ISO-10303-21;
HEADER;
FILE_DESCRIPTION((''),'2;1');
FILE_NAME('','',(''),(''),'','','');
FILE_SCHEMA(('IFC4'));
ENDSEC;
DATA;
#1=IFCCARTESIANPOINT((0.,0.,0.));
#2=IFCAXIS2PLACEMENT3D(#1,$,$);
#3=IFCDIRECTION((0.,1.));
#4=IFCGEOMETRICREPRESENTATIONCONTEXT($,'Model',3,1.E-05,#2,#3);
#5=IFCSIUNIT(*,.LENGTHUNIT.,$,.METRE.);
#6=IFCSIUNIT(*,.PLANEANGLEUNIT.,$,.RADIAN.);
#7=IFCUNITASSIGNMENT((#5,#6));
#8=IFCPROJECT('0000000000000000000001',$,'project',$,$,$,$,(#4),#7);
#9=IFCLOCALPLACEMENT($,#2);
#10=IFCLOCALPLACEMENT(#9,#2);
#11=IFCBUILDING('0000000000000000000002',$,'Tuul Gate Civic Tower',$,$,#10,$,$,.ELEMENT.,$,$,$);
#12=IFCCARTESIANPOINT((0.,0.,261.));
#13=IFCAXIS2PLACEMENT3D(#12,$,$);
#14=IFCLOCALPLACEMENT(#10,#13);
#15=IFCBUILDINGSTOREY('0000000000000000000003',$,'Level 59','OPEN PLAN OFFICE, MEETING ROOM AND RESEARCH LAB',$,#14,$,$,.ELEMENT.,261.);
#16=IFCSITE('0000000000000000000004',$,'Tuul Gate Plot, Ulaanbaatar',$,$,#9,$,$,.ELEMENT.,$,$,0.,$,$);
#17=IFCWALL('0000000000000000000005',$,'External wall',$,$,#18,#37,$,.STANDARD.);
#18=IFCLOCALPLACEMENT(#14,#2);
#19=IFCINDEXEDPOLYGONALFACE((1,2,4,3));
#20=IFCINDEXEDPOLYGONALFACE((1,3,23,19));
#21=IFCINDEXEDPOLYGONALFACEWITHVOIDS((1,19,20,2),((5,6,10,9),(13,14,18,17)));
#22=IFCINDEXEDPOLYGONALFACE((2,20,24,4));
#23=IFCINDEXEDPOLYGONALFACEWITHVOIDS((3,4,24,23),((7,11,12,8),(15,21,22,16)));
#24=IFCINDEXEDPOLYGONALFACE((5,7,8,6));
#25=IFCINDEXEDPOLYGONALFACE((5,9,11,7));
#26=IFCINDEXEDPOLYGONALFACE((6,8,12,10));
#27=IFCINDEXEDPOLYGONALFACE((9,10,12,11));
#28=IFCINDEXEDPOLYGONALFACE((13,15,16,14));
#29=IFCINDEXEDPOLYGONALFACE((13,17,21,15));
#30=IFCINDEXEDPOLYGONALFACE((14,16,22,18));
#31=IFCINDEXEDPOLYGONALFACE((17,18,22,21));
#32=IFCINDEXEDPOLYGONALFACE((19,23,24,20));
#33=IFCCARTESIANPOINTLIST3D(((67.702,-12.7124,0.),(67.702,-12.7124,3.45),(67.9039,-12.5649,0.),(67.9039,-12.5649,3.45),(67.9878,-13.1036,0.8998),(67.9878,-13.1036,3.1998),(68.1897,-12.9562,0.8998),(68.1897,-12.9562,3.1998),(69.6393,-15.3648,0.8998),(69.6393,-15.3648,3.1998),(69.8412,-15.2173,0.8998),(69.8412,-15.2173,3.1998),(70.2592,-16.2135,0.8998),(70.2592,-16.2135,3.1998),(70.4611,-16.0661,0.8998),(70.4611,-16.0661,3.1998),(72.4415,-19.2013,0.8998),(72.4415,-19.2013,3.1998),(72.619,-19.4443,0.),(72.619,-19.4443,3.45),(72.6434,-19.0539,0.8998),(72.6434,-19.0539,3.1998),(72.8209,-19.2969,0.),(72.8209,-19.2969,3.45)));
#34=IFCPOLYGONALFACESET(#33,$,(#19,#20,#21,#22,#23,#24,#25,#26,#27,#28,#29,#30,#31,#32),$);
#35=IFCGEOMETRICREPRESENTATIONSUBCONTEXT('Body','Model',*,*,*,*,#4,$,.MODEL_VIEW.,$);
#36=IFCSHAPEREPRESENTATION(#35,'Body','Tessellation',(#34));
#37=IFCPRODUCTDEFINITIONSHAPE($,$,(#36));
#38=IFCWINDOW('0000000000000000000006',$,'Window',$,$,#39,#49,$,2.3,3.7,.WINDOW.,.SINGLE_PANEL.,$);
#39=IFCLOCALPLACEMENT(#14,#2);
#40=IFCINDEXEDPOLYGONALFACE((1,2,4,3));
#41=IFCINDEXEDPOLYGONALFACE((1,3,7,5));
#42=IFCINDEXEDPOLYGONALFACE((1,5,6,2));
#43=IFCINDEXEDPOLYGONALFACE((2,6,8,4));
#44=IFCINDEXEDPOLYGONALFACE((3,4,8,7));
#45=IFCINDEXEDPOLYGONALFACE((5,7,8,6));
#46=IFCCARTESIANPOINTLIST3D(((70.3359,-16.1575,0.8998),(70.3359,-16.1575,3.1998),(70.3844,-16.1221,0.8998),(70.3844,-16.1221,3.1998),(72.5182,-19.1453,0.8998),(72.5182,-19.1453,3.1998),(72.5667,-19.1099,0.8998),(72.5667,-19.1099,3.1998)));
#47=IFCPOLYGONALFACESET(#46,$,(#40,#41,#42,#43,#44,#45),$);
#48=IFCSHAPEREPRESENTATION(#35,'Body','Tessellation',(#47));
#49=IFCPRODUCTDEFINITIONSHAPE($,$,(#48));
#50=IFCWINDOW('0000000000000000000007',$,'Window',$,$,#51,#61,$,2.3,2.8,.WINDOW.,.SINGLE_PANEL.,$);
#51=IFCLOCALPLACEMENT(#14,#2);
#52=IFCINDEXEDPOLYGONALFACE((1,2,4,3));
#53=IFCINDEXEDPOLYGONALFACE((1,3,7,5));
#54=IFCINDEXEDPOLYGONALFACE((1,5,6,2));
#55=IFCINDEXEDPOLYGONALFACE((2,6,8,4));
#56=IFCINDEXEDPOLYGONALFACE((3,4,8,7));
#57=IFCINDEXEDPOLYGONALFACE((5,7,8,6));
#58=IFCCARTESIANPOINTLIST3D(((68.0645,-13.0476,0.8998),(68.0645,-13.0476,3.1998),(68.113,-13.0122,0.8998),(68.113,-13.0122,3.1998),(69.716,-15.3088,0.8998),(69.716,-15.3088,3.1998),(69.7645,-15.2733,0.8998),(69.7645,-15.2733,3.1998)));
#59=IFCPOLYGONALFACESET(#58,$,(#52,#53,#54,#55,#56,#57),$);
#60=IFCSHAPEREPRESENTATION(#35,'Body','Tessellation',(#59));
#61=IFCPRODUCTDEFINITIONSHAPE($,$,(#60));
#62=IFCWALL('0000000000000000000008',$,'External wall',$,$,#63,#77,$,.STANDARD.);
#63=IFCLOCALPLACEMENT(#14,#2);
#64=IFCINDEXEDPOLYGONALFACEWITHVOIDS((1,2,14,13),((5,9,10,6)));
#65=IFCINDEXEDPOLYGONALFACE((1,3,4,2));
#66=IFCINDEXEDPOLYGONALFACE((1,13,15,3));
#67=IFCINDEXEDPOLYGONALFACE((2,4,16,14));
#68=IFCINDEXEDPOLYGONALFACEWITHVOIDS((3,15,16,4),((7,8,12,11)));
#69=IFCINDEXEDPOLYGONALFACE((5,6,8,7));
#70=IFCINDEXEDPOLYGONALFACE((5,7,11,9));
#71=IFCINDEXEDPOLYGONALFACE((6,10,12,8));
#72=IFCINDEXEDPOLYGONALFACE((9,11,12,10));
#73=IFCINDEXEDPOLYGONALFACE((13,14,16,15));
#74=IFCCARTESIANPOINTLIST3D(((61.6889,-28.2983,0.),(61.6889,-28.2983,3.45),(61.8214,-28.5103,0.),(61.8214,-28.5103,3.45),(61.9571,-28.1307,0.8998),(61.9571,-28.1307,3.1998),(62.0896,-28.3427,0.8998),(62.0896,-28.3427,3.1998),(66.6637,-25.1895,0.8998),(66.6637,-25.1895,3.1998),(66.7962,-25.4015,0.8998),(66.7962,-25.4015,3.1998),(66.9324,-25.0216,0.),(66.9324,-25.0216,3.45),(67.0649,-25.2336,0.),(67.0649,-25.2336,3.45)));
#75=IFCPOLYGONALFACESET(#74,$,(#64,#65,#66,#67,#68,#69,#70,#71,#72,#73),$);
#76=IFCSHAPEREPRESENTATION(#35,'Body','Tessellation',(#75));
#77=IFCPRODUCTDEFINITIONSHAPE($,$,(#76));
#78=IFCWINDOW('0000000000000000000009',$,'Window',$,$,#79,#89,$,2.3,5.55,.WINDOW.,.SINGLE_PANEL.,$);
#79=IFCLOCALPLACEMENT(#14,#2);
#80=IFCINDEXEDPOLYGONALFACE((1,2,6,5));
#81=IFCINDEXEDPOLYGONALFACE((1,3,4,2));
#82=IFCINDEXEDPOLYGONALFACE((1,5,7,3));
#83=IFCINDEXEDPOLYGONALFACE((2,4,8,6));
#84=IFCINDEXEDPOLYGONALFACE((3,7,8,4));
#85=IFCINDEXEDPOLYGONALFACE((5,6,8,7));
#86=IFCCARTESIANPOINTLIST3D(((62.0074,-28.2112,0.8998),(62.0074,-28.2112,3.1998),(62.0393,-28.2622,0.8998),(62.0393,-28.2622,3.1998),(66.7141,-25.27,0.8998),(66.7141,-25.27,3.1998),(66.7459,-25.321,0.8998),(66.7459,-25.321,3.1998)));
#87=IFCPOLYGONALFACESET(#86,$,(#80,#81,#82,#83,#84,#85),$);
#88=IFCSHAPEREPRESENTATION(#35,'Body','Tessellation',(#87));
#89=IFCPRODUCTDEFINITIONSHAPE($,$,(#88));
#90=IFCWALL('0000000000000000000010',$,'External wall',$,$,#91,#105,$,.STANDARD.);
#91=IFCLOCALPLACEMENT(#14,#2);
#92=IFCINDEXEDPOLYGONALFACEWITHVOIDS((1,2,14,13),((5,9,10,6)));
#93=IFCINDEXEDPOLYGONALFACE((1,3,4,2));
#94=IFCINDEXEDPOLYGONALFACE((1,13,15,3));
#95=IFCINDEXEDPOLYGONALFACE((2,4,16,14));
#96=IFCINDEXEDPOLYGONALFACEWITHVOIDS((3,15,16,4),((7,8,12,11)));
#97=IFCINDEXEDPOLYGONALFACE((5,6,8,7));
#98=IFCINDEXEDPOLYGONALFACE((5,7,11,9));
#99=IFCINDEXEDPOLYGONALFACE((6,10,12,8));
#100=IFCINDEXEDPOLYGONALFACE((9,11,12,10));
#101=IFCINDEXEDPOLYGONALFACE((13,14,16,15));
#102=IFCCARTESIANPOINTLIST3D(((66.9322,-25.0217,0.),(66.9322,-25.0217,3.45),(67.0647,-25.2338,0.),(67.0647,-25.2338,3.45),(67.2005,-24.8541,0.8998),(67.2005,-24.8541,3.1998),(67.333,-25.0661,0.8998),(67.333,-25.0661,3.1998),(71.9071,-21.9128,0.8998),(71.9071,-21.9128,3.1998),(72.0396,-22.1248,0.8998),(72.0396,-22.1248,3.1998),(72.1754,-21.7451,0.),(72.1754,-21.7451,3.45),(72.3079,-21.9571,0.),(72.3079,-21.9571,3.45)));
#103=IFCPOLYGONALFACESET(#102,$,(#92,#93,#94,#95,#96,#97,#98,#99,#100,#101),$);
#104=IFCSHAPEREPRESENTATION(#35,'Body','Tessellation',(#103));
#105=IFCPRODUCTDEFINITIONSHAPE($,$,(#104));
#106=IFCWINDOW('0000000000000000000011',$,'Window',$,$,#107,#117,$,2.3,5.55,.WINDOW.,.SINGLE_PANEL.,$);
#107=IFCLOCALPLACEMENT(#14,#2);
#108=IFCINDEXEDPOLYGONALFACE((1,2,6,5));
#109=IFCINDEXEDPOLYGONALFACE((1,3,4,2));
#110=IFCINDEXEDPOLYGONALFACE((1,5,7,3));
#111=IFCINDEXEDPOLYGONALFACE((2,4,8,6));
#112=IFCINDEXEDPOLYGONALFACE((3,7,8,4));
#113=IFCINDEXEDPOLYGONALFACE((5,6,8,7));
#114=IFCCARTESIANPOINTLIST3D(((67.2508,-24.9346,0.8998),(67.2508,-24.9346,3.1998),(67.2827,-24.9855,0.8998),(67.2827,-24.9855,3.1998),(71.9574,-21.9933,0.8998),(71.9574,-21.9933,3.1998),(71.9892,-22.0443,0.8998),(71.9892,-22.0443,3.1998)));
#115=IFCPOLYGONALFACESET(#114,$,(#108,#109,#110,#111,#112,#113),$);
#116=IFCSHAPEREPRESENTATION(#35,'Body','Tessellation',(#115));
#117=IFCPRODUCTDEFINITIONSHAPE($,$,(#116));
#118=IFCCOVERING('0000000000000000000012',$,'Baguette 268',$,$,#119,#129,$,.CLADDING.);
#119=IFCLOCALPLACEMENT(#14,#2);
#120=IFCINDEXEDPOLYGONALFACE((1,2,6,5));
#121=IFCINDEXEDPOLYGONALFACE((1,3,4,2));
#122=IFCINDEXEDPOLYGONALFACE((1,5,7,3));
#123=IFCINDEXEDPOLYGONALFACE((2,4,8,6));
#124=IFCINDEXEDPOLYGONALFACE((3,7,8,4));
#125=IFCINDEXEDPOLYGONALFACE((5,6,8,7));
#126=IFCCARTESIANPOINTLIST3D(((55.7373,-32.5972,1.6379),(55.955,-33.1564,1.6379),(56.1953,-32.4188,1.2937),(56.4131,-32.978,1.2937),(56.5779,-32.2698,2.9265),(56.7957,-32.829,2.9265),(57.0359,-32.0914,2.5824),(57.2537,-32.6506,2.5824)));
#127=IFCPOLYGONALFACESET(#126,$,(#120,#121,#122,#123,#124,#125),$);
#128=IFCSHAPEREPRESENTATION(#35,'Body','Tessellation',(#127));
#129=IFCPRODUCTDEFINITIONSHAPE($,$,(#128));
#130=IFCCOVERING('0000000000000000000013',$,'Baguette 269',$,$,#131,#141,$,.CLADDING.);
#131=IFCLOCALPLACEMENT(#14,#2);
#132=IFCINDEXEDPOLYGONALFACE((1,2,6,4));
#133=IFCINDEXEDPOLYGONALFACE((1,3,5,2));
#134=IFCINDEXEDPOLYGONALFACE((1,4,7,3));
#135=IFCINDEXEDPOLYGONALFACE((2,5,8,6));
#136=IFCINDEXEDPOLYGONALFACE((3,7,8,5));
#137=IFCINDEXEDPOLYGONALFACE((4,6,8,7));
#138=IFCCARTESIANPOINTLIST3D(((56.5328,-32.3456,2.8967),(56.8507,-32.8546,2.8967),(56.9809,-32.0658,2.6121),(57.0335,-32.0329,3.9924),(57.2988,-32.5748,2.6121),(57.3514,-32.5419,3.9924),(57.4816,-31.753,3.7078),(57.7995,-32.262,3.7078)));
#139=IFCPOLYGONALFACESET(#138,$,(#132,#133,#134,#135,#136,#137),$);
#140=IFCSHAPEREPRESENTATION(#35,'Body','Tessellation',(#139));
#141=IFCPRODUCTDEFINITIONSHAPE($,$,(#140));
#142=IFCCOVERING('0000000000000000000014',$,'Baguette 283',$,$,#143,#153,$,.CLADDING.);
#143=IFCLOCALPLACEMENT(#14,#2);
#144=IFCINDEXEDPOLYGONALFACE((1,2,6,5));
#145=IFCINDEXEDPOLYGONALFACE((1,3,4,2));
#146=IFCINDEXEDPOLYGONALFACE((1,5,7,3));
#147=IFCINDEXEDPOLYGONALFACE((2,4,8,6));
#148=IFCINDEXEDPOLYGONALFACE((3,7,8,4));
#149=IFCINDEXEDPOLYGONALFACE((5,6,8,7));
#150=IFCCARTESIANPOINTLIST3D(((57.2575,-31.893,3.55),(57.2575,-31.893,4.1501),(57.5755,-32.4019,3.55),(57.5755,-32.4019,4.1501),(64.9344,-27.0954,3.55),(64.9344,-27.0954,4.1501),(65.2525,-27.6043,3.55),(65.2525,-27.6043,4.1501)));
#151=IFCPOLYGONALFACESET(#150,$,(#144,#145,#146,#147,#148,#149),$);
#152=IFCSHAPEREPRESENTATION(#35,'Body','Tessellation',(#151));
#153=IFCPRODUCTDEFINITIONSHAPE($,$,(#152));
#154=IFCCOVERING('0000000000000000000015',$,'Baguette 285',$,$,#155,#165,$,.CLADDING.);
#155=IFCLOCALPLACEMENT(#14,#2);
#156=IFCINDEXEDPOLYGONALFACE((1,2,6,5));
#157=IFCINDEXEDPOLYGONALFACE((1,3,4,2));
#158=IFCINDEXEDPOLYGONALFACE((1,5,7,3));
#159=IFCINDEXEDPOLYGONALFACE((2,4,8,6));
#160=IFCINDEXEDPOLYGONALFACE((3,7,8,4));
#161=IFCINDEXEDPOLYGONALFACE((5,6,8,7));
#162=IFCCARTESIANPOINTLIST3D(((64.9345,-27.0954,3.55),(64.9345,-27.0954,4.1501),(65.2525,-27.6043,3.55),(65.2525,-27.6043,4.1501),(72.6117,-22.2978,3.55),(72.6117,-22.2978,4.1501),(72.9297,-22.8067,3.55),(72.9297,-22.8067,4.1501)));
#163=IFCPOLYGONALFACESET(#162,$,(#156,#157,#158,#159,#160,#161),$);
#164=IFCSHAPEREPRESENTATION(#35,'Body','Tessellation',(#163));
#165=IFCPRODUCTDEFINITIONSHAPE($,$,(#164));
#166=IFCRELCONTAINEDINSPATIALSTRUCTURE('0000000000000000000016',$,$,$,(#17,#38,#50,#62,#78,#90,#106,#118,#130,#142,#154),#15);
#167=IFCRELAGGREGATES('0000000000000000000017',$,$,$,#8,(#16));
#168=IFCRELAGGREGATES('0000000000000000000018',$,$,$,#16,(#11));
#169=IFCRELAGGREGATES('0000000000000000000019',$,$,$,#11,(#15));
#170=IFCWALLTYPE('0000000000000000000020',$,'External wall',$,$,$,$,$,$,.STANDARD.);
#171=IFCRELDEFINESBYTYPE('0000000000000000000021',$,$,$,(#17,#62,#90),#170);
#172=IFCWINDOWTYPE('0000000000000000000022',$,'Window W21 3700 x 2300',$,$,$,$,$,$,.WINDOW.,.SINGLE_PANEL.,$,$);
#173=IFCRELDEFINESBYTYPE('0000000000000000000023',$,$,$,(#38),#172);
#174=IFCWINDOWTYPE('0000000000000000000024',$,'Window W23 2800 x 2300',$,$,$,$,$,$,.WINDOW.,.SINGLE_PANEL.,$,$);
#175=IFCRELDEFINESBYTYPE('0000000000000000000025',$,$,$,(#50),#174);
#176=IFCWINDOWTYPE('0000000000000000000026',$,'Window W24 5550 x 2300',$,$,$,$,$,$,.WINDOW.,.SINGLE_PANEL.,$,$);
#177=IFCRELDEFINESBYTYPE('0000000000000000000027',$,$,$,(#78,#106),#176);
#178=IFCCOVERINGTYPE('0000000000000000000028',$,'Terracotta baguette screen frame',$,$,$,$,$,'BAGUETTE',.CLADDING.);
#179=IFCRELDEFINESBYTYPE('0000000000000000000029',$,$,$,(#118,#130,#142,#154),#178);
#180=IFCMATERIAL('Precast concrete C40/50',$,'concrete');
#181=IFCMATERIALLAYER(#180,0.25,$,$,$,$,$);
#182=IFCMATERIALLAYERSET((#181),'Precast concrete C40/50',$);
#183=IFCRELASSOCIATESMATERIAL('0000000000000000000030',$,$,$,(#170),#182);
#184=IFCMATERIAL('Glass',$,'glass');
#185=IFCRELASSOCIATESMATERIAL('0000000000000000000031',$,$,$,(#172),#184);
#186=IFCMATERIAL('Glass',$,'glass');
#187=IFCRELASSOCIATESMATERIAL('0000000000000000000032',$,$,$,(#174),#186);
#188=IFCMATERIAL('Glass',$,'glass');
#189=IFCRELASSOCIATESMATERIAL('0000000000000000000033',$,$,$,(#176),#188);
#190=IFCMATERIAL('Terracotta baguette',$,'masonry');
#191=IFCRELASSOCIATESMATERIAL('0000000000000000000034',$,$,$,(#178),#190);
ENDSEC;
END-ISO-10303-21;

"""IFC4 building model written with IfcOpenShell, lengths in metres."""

from ifc_helpers import new_model, si_unit, direction, frame, frame_2d, origin, origin_2d, place, context, subcontext, project, spatial, rectangle, extrude, material, layer, layer_set, material_profile, profile_set, type_object, element, fill, save


model = new_model("IFC4")

# Units and contexts
model_context = context("Model", 3, precision=1e-05, world=origin(), true_north=direction((0.0, 1.0)))
body_context = subcontext(model_context, "Body", "Model", "MODEL_VIEW")
ifc_project = project(units=[si_unit("LENGTHUNIT", "METRE"), si_unit("PLANEANGLEUNIT", "RADIAN")], contexts=[model_context])

# Site, building, storey
site_placement = place(None, origin())
site = spatial("IfcSite", under=ifc_project, at=site_placement, Name="Tuul Gate Plot, Ulaanbaatar", CompositionType="ELEMENT", RefElevation=0.0)
building_placement = place(site_placement, origin())
building = spatial("IfcBuilding", under=site, at=building_placement, Name="Tuul Gate Civic Tower", CompositionType="ELEMENT")
storey_placement = place(building_placement, frame((0.0, 0.0, 261.0)))
storey = spatial("IfcBuildingStorey", under=building, at=storey_placement, Name="Level 59", Description="OPEN PLAN OFFICE, MEETING ROOM AND RESEARCH LAB", CompositionType="ELEMENT", Elevation=261.0)

# Shared definitions
ifc_material_1 = material(Name="Precast concrete C40/50", Category="concrete")
ifc_layer = layer(ifc_material_1, 0.25)
ifc_layer_set = layer_set([ifc_layer], Name="Precast concrete C40/50")
wall_type = type_object("IfcWallType", Name="External wall", PredefinedType="STANDARD", material=ifc_layer_set)

# Wall, openings, windows
wall_1_placement = place(storey_placement, frame((72.72, -19.3706, 0.0), z_axis=(0.0, 0.0, 1.0), x_axis=(-0.589821, 0.807534, 0.0)))
wall_1 = element("IfcWall", 1, at=wall_1_placement, inside=storey, type_object=wall_type, Name="External wall", PredefinedType="STANDARD", context=body_context, shape_type="SweptSolid", body=[
    extrude(rectangle(XDim=8.3364, YDim=0.25, at=frame_2d((4.1682, 0.0))), origin(), (0.0, 0.0, 1.0), 3.45),
])
opening_1_placement = place(wall_1_placement, frame((0.3008, 0.0, 0.8999)))
opening_1 = element("IfcOpeningElement", 2, at=opening_1_placement, cuts=wall_1, PredefinedType="OPENING", context=body_context, shape_type="SweptSolid", body=[
    extrude(rectangle(XDim=3.7, YDim=2.3, at=frame_2d((1.8501, 1.1499))), frame((0.0, 0.135, 0.0), z_axis=(0.0, -1.0, 0.0), x_axis=(1.0, 0.0, 0.0)), (0.0, 0.0, 1.0), 0.27),
])
opening_2_placement = place(wall_1_placement, frame((5.052, 0.0, 0.8999)))
opening_2 = element("IfcOpeningElement", 3, at=opening_2_placement, cuts=wall_1, PredefinedType="OPENING", context=body_context, shape_type="SweptSolid", body=[
    extrude(rectangle(XDim=2.8, YDim=2.3, at=frame_2d((1.3999, 1.1499))), frame((0.0, 0.135, 0.0), z_axis=(0.0, -1.0, 0.0), x_axis=(1.0, 0.0, 0.0)), (0.0, 0.0, 1.0), 0.27),
])
ifc_material_2 = material(Name="Glass", Category="glass")
window_type_1 = type_object("IfcWindowType", Name="Window W21 3700 x 2300", PartitioningType="SINGLE_PANEL", PredefinedType="WINDOW", material=ifc_material_2)
window_1_placement = place(opening_1_placement, origin())
window_1 = element("IfcWindow", 4, at=window_1_placement, inside=storey, type_object=window_type_1, Name="Window", OverallHeight=2.3, OverallWidth=3.7, PartitioningType="SINGLE_PANEL", PredefinedType="WINDOW", context=body_context, shape_type="SweptSolid", body=[
    extrude(rectangle(XDim=3.7, YDim=2.3, at=frame_2d((1.8501, 1.1499))), frame((0.0, 0.03, 0.0), z_axis=(0.0, -1.0, 0.0), x_axis=(1.0, 0.0, 0.0)), (0.0, 0.0, 1.0), 0.0601),
])
fill(opening_1, window_1)
ifc_material_3 = material(Name="Glass", Category="glass")
window_type_2 = type_object("IfcWindowType", Name="Window W23 2800 x 2300", PartitioningType="SINGLE_PANEL", PredefinedType="WINDOW", material=ifc_material_3)
window_2_placement = place(opening_2_placement, origin())
window_2 = element("IfcWindow", 5, at=window_2_placement, inside=storey, type_object=window_type_2, Name="Window", OverallHeight=2.3, OverallWidth=2.8, PartitioningType="SINGLE_PANEL", PredefinedType="WINDOW", context=body_context, shape_type="SweptSolid", body=[
    extrude(rectangle(XDim=2.8, YDim=2.3, at=frame_2d((1.3999, 1.1499))), frame((0.0, 0.03, 0.0), z_axis=(0.0, -1.0, 0.0), x_axis=(1.0, 0.0, 0.0)), (0.0, 0.0, 1.0), 0.0601),
])
fill(opening_2, window_2)

# Walls, openings, windows
wall_2_placement = place(storey_placement, frame((61.7551, -28.4043, 0.0), z_axis=(0.0, 0.0, 1.0), x_axis=(0.848036, 0.529939, 0.0)))
wall_2 = element("IfcWall", 6, at=wall_2_placement, inside=storey, type_object=wall_type, Name="External wall", PredefinedType="STANDARD", context=body_context, shape_type="SweptSolid", body=[
    extrude(rectangle(XDim=6.1831, YDim=0.25, at=frame_2d((3.0916, 0.0))), origin(), (0.0, 0.0, 1.0), 3.45),
])
opening_3_placement = place(wall_2_placement, frame((0.3164, 0.0, 0.8999)))
opening_3 = element("IfcOpeningElement", 7, at=opening_3_placement, cuts=wall_2, PredefinedType="OPENING", context=body_context, shape_type="SweptSolid", body=[
    extrude(rectangle(XDim=5.55, YDim=2.3, at=frame_2d((2.7749, 1.1499))), frame((0.0, 0.135, 0.0), z_axis=(0.0, -1.0, 0.0), x_axis=(1.0, 0.0, 0.0)), (0.0, 0.0, 1.0), 0.27),
])
ifc_material_4 = material(Name="Glass", Category="glass")
window_type_3 = type_object("IfcWindowType", Name="Window W24 5550 x 2300", PartitioningType="SINGLE_PANEL", PredefinedType="WINDOW", material=ifc_material_4)
window_3_placement = place(opening_3_placement, origin())
window_3 = element("IfcWindow", 8, at=window_3_placement, inside=storey, type_object=window_type_3, Name="Window", OverallHeight=2.3, OverallWidth=5.55, PartitioningType="SINGLE_PANEL", PredefinedType="WINDOW", context=body_context, shape_type="SweptSolid", body=[
    extrude(rectangle(XDim=5.55, YDim=2.3, at=frame_2d((2.7749, 1.1499))), frame((0.0, 0.03, 0.0), z_axis=(0.0, -1.0, 0.0), x_axis=(1.0, 0.0, 0.0)), (0.0, 0.0, 1.0), 0.0601),
])
fill(opening_3, window_3)
wall_3_placement = place(storey_placement, frame((66.9985, -25.1277, 0.0), z_axis=(0.0, 0.0, 1.0), x_axis=(0.848025, 0.529956, 0.0)))
wall_3 = element("IfcWall", 9, at=wall_3_placement, inside=storey, type_object=wall_type, Name="External wall", PredefinedType="STANDARD", context=body_context, shape_type="SweptSolid", body=[
    extrude(rectangle(XDim=6.1829, YDim=0.25, at=frame_2d((3.0913, 0.0))), origin(), (0.0, 0.0, 1.0), 3.45),
])
opening_4_placement = place(wall_3_placement, frame((0.3164, 0.0, 0.8999)))
opening_4 = element("IfcOpeningElement", 10, at=opening_4_placement, cuts=wall_3, PredefinedType="OPENING", context=body_context, shape_type="SweptSolid", body=[
    extrude(rectangle(XDim=5.55, YDim=2.3, at=frame_2d((2.7749, 1.1499))), frame((0.0, 0.135, 0.0), z_axis=(0.0, -1.0, 0.0), x_axis=(1.0, 0.0, 0.0)), (0.0, 0.0, 1.0), 0.27),
])
window_4_placement = place(opening_4_placement, origin())
window_4 = element("IfcWindow", 11, at=window_4_placement, inside=storey, type_object=window_type_3, Name="Window", OverallHeight=2.3, OverallWidth=5.55, PartitioningType="SINGLE_PANEL", PredefinedType="WINDOW", context=body_context, shape_type="SweptSolid", body=[
    extrude(rectangle(XDim=5.55, YDim=2.3, at=frame_2d((2.7749, 1.1499))), frame((0.0, 0.03, 0.0), z_axis=(0.0, -1.0, 0.0), x_axis=(1.0, 0.0, 0.0)), (0.0, 0.0, 1.0), 0.0601),
])
fill(opening_4, window_4)

# Coverings
ifc_material_5 = material(Name="Terracotta baguette", Category="masonry")
ifc_material_profile_1 = material_profile(ifc_material_5, rectangle(XDim=0.6001, YDim=0.6001, at=origin_2d()), Name="Terracotta baguette screen frame")
ifc_profile_set_1 = profile_set([ifc_material_profile_1], Name="Terracotta baguette")
covering_type = type_object("IfcCoveringType", Name="Terracotta baguette screen frame", ElementType="BAGUETTE", PredefinedType="CLADDING", material=ifc_profile_set_1)
covering_1_placement = place(storey_placement, frame((56.0752, -32.7876, 1.4658), z_axis=(0.534394, 0.208139, 0.819208), x_axis=(-0.362929, 0.931817, 0.0)))
element("IfcCovering", 12, at=covering_1_placement, inside=storey, type_object=covering_type, Name="Baguette 268", PredefinedType="CLADDING", context=body_context, shape_type="SweptSolid", body=[
    extrude(rectangle(XDim=0.6001, YDim=0.6001, at=origin_2d()), origin(), (0.0, 0.0, 1.0), 1.573),
])
covering_2_placement = place(storey_placement, frame((56.9158, -32.4602, 2.7544), z_axis=(0.402314, 0.251275, 0.880344), x_axis=(-0.529739, 0.848161, 0.0)))
element("IfcCovering", 13, at=covering_2_placement, inside=storey, type_object=covering_type, Name="Baguette 269", PredefinedType="CLADDING", context=body_context, shape_type="SweptSolid", body=[
    extrude(rectangle(XDim=0.6001, YDim=0.6001, at=origin_2d()), origin(), (0.0, 0.0, 1.0), 1.2446),
])
covering_3_placement = place(storey_placement, frame((57.4165, -32.1475, 3.8501), z_axis=(0.848024, 0.529958, 0.0), x_axis=(-0.529958, 0.848024, 0.0)))
element("IfcCovering", 14, at=covering_3_placement, inside=storey, type_object=covering_type, Name="Baguette 283", PredefinedType="CLADDING", context=body_context, shape_type="SweptSolid", body=[
    extrude(rectangle(XDim=0.6001, YDim=0.6001, at=origin_2d()), origin(), (0.0, 0.0, 1.0), 9.0527),
])
covering_4_placement = place(storey_placement, frame((65.0935, -27.3499, 3.8501), z_axis=(0.848032, 0.529946, 0.0), x_axis=(-0.529946, 0.848032, 0.0)))
element("IfcCovering", 15, at=covering_4_placement, inside=storey, type_object=covering_type, Name="Baguette 285", PredefinedType="CLADDING", context=body_context, shape_type="SweptSolid", body=[
    extrude(rectangle(XDim=0.6001, YDim=0.6001, at=origin_2d()), origin(), (0.0, 0.0, 1.0), 9.053),
])

save(model, "model.ifc")
